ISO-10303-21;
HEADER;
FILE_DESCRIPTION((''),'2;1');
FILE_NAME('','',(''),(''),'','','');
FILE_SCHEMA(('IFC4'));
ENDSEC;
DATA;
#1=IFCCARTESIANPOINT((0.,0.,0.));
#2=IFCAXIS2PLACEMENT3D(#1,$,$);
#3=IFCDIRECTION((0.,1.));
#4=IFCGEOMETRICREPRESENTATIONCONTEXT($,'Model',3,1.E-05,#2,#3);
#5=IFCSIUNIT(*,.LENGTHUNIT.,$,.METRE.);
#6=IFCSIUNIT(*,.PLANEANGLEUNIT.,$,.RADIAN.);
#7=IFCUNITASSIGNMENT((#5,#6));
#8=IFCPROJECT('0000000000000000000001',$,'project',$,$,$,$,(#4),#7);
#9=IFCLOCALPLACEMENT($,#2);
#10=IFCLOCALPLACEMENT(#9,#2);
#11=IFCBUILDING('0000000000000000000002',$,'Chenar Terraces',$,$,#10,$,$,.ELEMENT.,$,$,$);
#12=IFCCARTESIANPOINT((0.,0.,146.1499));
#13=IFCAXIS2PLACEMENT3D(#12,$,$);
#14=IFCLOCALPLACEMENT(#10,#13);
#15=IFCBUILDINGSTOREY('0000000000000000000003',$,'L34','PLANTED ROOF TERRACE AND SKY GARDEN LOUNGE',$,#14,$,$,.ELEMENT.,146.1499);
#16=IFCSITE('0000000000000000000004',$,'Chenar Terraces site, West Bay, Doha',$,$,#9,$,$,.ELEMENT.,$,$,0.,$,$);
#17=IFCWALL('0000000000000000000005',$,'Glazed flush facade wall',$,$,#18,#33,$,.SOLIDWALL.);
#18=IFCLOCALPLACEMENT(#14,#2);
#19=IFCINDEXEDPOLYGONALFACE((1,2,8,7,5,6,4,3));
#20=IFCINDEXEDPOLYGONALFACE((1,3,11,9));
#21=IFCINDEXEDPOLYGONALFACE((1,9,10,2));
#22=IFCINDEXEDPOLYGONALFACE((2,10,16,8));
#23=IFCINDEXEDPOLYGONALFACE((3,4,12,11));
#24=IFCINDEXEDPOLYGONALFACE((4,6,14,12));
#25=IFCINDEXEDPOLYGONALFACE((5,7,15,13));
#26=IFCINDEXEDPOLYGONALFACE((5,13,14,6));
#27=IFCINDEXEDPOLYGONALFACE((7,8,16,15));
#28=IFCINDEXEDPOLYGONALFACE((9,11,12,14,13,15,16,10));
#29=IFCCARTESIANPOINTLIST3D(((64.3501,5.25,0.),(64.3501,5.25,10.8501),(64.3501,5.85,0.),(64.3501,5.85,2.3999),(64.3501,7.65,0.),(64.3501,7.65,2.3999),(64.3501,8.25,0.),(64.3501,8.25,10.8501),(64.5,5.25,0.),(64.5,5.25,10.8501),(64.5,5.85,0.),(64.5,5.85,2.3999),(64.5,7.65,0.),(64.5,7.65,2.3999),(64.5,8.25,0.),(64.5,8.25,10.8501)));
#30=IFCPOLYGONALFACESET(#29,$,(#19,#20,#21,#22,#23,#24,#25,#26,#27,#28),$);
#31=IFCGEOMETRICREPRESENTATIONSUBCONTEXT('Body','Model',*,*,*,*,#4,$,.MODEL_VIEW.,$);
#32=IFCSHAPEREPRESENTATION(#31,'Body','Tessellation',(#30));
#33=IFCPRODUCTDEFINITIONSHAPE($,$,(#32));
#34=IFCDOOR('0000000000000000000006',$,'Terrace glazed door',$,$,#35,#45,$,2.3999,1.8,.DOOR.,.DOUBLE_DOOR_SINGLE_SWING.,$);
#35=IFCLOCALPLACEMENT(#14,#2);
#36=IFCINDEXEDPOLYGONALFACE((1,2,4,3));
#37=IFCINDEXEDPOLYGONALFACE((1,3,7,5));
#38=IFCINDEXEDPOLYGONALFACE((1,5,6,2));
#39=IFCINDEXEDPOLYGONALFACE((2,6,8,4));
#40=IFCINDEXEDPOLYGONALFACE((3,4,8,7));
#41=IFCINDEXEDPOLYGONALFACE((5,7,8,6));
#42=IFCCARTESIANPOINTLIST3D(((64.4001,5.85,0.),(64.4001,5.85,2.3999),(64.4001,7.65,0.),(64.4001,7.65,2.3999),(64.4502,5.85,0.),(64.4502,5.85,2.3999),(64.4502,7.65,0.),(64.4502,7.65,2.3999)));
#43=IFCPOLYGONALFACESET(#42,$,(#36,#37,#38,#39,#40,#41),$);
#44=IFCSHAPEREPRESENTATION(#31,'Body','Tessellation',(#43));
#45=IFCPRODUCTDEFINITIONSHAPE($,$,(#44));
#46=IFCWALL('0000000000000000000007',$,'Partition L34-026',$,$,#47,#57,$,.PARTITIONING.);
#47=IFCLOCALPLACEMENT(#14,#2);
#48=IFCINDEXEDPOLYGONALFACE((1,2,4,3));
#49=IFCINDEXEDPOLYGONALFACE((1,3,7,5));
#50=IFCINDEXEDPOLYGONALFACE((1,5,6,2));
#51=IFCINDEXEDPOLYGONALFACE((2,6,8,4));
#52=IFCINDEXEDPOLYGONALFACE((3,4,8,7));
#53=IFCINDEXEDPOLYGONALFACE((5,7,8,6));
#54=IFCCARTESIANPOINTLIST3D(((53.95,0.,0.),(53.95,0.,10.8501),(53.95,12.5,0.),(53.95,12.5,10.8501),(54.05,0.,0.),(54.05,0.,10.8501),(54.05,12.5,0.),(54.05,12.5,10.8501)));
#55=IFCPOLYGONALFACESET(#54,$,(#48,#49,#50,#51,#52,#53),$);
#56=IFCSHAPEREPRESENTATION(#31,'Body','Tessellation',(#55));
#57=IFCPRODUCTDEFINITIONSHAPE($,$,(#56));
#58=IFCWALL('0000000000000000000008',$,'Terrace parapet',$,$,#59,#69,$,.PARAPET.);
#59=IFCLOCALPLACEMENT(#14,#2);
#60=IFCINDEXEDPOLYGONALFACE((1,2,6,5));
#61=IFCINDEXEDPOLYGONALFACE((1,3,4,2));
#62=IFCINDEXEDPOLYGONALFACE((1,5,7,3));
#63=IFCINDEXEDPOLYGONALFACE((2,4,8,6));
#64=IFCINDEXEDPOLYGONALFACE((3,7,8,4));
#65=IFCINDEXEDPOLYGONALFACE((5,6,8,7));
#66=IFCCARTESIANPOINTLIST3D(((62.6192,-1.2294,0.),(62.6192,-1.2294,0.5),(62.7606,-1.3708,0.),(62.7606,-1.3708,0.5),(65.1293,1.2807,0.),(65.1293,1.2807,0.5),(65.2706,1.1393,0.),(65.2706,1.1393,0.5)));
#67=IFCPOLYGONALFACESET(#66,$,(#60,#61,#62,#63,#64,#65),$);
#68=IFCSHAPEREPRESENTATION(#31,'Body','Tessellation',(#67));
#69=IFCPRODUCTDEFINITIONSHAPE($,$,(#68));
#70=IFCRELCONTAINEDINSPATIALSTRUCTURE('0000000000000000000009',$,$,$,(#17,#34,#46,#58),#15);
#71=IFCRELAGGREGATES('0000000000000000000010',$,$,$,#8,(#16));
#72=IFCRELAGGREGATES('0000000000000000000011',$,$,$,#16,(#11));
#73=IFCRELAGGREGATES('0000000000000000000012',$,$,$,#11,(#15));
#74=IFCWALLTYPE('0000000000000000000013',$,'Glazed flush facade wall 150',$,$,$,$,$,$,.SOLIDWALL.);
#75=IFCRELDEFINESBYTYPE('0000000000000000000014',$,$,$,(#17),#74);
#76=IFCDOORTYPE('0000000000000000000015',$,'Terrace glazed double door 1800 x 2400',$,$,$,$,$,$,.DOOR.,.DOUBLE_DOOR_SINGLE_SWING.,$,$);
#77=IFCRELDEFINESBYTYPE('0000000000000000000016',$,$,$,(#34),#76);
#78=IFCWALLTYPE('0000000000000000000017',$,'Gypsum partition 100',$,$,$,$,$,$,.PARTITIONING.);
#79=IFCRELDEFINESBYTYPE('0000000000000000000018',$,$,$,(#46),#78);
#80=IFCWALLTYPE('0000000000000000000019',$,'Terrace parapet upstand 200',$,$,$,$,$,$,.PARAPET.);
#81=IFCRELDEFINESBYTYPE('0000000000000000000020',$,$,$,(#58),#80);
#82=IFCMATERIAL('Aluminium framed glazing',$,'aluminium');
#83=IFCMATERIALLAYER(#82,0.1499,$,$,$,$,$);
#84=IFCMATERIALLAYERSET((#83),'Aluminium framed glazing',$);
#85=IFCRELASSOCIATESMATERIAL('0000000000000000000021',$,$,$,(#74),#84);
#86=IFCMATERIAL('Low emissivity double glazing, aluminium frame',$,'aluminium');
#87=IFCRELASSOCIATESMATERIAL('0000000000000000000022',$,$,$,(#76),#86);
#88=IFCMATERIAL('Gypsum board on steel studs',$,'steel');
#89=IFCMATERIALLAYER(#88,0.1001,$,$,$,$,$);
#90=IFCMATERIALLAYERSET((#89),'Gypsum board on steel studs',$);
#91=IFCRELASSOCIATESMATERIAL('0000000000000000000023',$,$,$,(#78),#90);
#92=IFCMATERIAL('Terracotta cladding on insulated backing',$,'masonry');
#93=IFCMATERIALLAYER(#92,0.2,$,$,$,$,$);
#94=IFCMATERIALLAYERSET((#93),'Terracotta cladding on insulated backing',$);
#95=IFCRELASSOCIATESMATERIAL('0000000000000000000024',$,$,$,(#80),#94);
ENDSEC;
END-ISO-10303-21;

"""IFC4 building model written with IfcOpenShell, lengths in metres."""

from ifc_helpers import new_model, si_unit, direction, frame, frame_2d, origin, place, context, subcontext, project, spatial, rectangle, extrude, material, layer, layer_set, type_object, element, fill, save


model = new_model("IFC4")

# Units and contexts
model_context = context("Model", 3, precision=1e-05, world=origin(), true_north=direction((0.0, 1.0)))
body_context = subcontext(model_context, "Body", "Model", "MODEL_VIEW")
ifc_project = project(units=[si_unit("LENGTHUNIT", "METRE"), si_unit("PLANEANGLEUNIT", "RADIAN")], contexts=[model_context])

# Site, building, storey
site_placement = place(None, origin())
site = spatial("IfcSite", under=ifc_project, at=site_placement, Name="Chenar Terraces site, West Bay, Doha", CompositionType="ELEMENT", RefElevation=0.0)
building_placement = place(site_placement, origin())
building = spatial("IfcBuilding", under=site, at=building_placement, Name="Chenar Terraces", CompositionType="ELEMENT")
storey_placement = place(building_placement, frame((0.0, 0.0, 146.1499)))
storey = spatial("IfcBuildingStorey", under=building, at=storey_placement, Name="L34", Description="PLANTED ROOF TERRACE AND SKY GARDEN LOUNGE", CompositionType="ELEMENT", Elevation=146.1499)

# Wall, opening, door
ifc_material_1 = material(Name="Aluminium framed glazing", Category="aluminium")
ifc_layer_1 = layer(ifc_material_1, 0.1499)
ifc_layer_set_1 = layer_set([ifc_layer_1], Name="Aluminium framed glazing")
wall_type_1 = type_object("IfcWallType", Name="Glazed flush facade wall 150", PredefinedType="SOLIDWALL", material=ifc_layer_set_1)
wall_1_placement = place(storey_placement, frame((64.425, 5.25, 0.0), z_axis=(0.0, 0.0, 1.0), x_axis=(0.0, 1.0, 0.0)))
wall_1 = element("IfcWall", 1, at=wall_1_placement, inside=storey, type_object=wall_type_1, Name="Glazed flush facade wall", PredefinedType="SOLIDWALL", context=body_context, shape_type="SweptSolid", body=[
    extrude(rectangle(XDim=3.0, YDim=0.1499, at=frame_2d((1.5, 0.0))), origin(), (0.0, 0.0, 1.0), 10.8501),
])
opening_placement = place(wall_1_placement, frame((0.6001, 0.0, 0.0)))
opening = element("IfcOpeningElement", 2, at=opening_placement, cuts=wall_1, PredefinedType="OPENING", context=body_context, shape_type="SweptSolid", body=[
    extrude(rectangle(XDim=1.8, YDim=2.3999, at=frame_2d((0.8999, 1.2))), frame((0.0, 0.085, 0.0), z_axis=(0.0, -1.0, 0.0), x_axis=(1.0, 0.0, 0.0)), (0.0, 0.0, 1.0), 0.1699),
])
ifc_material_2 = material(Name="Low emissivity double glazing, aluminium frame", Category="aluminium")
door_type = type_object("IfcDoorType", Name="Terrace glazed double door 1800 x 2400", OperationType="DOUBLE_DOOR_SINGLE_SWING", PredefinedType="DOOR", material=ifc_material_2)
door_placement = place(opening_placement, origin())
door = element("IfcDoor", 3, at=door_placement, inside=storey, type_object=door_type, Name="Terrace glazed door", OperationType="DOUBLE_DOOR_SINGLE_SWING", OverallHeight=2.3999, OverallWidth=1.8, PredefinedType="DOOR", context=body_context, shape_type="SweptSolid", body=[
    extrude(rectangle(XDim=1.8, YDim=2.3999, at=frame_2d((0.8999, 1.2))), frame((0.0, 0.0249, 0.0), z_axis=(0.0, -1.0, 0.0), x_axis=(1.0, 0.0, 0.0)), (0.0, 0.0, 1.0), 0.05),
])
fill(opening, door)

# Walls
ifc_material_3 = material(Name="Gypsum board on steel studs", Category="steel")
ifc_layer_2 = layer(ifc_material_3, 0.1001)
ifc_layer_set_2 = layer_set([ifc_layer_2], Name="Gypsum board on steel studs")
wall_type_2 = type_object("IfcWallType", Name="Gypsum partition 100", PredefinedType="PARTITIONING", material=ifc_layer_set_2)
wall_2_placement = place(storey_placement, frame((54.0, 0.0, 0.0), z_axis=(0.0, 0.0, 1.0), x_axis=(0.0, 1.0, 0.0)))
element("IfcWall", 4, at=wall_2_placement, inside=storey, type_object=wall_type_2, Name="Partition L34-026", PredefinedType="PARTITIONING", context=body_context, shape_type="SweptSolid", body=[
    extrude(rectangle(XDim=12.5, YDim=0.1001, at=frame_2d((6.25, 0.0))), origin(), (0.0, 0.0, 1.0), 10.8501),
])
ifc_material_4 = material(Name="Terracotta cladding on insulated backing", Category="masonry")
ifc_layer_3 = layer(ifc_material_4, 0.2)
ifc_layer_set_3 = layer_set([ifc_layer_3], Name="Terracotta cladding on insulated backing")
wall_type_3 = type_object("IfcWallType", Name="Terrace parapet upstand 200", PredefinedType="PARAPET", material=ifc_layer_set_3)
wall_3_placement = place(storey_placement, frame((65.2, 1.21, 0.0), z_axis=(0.0, 0.0, 1.0), x_axis=(-0.707107, -0.707107, 0.0)))
element("IfcWall", 5, at=wall_3_placement, inside=storey, type_object=wall_type_3, Name="Terrace parapet", PredefinedType="PARAPET", context=body_context, shape_type="SweptSolid", body=[
    extrude(rectangle(XDim=3.5498, YDim=0.2, at=frame_2d((1.7749, 0.0))), origin(), (0.0, 0.0, 1.0), 0.5),
])

save(model, "model.ifc")
